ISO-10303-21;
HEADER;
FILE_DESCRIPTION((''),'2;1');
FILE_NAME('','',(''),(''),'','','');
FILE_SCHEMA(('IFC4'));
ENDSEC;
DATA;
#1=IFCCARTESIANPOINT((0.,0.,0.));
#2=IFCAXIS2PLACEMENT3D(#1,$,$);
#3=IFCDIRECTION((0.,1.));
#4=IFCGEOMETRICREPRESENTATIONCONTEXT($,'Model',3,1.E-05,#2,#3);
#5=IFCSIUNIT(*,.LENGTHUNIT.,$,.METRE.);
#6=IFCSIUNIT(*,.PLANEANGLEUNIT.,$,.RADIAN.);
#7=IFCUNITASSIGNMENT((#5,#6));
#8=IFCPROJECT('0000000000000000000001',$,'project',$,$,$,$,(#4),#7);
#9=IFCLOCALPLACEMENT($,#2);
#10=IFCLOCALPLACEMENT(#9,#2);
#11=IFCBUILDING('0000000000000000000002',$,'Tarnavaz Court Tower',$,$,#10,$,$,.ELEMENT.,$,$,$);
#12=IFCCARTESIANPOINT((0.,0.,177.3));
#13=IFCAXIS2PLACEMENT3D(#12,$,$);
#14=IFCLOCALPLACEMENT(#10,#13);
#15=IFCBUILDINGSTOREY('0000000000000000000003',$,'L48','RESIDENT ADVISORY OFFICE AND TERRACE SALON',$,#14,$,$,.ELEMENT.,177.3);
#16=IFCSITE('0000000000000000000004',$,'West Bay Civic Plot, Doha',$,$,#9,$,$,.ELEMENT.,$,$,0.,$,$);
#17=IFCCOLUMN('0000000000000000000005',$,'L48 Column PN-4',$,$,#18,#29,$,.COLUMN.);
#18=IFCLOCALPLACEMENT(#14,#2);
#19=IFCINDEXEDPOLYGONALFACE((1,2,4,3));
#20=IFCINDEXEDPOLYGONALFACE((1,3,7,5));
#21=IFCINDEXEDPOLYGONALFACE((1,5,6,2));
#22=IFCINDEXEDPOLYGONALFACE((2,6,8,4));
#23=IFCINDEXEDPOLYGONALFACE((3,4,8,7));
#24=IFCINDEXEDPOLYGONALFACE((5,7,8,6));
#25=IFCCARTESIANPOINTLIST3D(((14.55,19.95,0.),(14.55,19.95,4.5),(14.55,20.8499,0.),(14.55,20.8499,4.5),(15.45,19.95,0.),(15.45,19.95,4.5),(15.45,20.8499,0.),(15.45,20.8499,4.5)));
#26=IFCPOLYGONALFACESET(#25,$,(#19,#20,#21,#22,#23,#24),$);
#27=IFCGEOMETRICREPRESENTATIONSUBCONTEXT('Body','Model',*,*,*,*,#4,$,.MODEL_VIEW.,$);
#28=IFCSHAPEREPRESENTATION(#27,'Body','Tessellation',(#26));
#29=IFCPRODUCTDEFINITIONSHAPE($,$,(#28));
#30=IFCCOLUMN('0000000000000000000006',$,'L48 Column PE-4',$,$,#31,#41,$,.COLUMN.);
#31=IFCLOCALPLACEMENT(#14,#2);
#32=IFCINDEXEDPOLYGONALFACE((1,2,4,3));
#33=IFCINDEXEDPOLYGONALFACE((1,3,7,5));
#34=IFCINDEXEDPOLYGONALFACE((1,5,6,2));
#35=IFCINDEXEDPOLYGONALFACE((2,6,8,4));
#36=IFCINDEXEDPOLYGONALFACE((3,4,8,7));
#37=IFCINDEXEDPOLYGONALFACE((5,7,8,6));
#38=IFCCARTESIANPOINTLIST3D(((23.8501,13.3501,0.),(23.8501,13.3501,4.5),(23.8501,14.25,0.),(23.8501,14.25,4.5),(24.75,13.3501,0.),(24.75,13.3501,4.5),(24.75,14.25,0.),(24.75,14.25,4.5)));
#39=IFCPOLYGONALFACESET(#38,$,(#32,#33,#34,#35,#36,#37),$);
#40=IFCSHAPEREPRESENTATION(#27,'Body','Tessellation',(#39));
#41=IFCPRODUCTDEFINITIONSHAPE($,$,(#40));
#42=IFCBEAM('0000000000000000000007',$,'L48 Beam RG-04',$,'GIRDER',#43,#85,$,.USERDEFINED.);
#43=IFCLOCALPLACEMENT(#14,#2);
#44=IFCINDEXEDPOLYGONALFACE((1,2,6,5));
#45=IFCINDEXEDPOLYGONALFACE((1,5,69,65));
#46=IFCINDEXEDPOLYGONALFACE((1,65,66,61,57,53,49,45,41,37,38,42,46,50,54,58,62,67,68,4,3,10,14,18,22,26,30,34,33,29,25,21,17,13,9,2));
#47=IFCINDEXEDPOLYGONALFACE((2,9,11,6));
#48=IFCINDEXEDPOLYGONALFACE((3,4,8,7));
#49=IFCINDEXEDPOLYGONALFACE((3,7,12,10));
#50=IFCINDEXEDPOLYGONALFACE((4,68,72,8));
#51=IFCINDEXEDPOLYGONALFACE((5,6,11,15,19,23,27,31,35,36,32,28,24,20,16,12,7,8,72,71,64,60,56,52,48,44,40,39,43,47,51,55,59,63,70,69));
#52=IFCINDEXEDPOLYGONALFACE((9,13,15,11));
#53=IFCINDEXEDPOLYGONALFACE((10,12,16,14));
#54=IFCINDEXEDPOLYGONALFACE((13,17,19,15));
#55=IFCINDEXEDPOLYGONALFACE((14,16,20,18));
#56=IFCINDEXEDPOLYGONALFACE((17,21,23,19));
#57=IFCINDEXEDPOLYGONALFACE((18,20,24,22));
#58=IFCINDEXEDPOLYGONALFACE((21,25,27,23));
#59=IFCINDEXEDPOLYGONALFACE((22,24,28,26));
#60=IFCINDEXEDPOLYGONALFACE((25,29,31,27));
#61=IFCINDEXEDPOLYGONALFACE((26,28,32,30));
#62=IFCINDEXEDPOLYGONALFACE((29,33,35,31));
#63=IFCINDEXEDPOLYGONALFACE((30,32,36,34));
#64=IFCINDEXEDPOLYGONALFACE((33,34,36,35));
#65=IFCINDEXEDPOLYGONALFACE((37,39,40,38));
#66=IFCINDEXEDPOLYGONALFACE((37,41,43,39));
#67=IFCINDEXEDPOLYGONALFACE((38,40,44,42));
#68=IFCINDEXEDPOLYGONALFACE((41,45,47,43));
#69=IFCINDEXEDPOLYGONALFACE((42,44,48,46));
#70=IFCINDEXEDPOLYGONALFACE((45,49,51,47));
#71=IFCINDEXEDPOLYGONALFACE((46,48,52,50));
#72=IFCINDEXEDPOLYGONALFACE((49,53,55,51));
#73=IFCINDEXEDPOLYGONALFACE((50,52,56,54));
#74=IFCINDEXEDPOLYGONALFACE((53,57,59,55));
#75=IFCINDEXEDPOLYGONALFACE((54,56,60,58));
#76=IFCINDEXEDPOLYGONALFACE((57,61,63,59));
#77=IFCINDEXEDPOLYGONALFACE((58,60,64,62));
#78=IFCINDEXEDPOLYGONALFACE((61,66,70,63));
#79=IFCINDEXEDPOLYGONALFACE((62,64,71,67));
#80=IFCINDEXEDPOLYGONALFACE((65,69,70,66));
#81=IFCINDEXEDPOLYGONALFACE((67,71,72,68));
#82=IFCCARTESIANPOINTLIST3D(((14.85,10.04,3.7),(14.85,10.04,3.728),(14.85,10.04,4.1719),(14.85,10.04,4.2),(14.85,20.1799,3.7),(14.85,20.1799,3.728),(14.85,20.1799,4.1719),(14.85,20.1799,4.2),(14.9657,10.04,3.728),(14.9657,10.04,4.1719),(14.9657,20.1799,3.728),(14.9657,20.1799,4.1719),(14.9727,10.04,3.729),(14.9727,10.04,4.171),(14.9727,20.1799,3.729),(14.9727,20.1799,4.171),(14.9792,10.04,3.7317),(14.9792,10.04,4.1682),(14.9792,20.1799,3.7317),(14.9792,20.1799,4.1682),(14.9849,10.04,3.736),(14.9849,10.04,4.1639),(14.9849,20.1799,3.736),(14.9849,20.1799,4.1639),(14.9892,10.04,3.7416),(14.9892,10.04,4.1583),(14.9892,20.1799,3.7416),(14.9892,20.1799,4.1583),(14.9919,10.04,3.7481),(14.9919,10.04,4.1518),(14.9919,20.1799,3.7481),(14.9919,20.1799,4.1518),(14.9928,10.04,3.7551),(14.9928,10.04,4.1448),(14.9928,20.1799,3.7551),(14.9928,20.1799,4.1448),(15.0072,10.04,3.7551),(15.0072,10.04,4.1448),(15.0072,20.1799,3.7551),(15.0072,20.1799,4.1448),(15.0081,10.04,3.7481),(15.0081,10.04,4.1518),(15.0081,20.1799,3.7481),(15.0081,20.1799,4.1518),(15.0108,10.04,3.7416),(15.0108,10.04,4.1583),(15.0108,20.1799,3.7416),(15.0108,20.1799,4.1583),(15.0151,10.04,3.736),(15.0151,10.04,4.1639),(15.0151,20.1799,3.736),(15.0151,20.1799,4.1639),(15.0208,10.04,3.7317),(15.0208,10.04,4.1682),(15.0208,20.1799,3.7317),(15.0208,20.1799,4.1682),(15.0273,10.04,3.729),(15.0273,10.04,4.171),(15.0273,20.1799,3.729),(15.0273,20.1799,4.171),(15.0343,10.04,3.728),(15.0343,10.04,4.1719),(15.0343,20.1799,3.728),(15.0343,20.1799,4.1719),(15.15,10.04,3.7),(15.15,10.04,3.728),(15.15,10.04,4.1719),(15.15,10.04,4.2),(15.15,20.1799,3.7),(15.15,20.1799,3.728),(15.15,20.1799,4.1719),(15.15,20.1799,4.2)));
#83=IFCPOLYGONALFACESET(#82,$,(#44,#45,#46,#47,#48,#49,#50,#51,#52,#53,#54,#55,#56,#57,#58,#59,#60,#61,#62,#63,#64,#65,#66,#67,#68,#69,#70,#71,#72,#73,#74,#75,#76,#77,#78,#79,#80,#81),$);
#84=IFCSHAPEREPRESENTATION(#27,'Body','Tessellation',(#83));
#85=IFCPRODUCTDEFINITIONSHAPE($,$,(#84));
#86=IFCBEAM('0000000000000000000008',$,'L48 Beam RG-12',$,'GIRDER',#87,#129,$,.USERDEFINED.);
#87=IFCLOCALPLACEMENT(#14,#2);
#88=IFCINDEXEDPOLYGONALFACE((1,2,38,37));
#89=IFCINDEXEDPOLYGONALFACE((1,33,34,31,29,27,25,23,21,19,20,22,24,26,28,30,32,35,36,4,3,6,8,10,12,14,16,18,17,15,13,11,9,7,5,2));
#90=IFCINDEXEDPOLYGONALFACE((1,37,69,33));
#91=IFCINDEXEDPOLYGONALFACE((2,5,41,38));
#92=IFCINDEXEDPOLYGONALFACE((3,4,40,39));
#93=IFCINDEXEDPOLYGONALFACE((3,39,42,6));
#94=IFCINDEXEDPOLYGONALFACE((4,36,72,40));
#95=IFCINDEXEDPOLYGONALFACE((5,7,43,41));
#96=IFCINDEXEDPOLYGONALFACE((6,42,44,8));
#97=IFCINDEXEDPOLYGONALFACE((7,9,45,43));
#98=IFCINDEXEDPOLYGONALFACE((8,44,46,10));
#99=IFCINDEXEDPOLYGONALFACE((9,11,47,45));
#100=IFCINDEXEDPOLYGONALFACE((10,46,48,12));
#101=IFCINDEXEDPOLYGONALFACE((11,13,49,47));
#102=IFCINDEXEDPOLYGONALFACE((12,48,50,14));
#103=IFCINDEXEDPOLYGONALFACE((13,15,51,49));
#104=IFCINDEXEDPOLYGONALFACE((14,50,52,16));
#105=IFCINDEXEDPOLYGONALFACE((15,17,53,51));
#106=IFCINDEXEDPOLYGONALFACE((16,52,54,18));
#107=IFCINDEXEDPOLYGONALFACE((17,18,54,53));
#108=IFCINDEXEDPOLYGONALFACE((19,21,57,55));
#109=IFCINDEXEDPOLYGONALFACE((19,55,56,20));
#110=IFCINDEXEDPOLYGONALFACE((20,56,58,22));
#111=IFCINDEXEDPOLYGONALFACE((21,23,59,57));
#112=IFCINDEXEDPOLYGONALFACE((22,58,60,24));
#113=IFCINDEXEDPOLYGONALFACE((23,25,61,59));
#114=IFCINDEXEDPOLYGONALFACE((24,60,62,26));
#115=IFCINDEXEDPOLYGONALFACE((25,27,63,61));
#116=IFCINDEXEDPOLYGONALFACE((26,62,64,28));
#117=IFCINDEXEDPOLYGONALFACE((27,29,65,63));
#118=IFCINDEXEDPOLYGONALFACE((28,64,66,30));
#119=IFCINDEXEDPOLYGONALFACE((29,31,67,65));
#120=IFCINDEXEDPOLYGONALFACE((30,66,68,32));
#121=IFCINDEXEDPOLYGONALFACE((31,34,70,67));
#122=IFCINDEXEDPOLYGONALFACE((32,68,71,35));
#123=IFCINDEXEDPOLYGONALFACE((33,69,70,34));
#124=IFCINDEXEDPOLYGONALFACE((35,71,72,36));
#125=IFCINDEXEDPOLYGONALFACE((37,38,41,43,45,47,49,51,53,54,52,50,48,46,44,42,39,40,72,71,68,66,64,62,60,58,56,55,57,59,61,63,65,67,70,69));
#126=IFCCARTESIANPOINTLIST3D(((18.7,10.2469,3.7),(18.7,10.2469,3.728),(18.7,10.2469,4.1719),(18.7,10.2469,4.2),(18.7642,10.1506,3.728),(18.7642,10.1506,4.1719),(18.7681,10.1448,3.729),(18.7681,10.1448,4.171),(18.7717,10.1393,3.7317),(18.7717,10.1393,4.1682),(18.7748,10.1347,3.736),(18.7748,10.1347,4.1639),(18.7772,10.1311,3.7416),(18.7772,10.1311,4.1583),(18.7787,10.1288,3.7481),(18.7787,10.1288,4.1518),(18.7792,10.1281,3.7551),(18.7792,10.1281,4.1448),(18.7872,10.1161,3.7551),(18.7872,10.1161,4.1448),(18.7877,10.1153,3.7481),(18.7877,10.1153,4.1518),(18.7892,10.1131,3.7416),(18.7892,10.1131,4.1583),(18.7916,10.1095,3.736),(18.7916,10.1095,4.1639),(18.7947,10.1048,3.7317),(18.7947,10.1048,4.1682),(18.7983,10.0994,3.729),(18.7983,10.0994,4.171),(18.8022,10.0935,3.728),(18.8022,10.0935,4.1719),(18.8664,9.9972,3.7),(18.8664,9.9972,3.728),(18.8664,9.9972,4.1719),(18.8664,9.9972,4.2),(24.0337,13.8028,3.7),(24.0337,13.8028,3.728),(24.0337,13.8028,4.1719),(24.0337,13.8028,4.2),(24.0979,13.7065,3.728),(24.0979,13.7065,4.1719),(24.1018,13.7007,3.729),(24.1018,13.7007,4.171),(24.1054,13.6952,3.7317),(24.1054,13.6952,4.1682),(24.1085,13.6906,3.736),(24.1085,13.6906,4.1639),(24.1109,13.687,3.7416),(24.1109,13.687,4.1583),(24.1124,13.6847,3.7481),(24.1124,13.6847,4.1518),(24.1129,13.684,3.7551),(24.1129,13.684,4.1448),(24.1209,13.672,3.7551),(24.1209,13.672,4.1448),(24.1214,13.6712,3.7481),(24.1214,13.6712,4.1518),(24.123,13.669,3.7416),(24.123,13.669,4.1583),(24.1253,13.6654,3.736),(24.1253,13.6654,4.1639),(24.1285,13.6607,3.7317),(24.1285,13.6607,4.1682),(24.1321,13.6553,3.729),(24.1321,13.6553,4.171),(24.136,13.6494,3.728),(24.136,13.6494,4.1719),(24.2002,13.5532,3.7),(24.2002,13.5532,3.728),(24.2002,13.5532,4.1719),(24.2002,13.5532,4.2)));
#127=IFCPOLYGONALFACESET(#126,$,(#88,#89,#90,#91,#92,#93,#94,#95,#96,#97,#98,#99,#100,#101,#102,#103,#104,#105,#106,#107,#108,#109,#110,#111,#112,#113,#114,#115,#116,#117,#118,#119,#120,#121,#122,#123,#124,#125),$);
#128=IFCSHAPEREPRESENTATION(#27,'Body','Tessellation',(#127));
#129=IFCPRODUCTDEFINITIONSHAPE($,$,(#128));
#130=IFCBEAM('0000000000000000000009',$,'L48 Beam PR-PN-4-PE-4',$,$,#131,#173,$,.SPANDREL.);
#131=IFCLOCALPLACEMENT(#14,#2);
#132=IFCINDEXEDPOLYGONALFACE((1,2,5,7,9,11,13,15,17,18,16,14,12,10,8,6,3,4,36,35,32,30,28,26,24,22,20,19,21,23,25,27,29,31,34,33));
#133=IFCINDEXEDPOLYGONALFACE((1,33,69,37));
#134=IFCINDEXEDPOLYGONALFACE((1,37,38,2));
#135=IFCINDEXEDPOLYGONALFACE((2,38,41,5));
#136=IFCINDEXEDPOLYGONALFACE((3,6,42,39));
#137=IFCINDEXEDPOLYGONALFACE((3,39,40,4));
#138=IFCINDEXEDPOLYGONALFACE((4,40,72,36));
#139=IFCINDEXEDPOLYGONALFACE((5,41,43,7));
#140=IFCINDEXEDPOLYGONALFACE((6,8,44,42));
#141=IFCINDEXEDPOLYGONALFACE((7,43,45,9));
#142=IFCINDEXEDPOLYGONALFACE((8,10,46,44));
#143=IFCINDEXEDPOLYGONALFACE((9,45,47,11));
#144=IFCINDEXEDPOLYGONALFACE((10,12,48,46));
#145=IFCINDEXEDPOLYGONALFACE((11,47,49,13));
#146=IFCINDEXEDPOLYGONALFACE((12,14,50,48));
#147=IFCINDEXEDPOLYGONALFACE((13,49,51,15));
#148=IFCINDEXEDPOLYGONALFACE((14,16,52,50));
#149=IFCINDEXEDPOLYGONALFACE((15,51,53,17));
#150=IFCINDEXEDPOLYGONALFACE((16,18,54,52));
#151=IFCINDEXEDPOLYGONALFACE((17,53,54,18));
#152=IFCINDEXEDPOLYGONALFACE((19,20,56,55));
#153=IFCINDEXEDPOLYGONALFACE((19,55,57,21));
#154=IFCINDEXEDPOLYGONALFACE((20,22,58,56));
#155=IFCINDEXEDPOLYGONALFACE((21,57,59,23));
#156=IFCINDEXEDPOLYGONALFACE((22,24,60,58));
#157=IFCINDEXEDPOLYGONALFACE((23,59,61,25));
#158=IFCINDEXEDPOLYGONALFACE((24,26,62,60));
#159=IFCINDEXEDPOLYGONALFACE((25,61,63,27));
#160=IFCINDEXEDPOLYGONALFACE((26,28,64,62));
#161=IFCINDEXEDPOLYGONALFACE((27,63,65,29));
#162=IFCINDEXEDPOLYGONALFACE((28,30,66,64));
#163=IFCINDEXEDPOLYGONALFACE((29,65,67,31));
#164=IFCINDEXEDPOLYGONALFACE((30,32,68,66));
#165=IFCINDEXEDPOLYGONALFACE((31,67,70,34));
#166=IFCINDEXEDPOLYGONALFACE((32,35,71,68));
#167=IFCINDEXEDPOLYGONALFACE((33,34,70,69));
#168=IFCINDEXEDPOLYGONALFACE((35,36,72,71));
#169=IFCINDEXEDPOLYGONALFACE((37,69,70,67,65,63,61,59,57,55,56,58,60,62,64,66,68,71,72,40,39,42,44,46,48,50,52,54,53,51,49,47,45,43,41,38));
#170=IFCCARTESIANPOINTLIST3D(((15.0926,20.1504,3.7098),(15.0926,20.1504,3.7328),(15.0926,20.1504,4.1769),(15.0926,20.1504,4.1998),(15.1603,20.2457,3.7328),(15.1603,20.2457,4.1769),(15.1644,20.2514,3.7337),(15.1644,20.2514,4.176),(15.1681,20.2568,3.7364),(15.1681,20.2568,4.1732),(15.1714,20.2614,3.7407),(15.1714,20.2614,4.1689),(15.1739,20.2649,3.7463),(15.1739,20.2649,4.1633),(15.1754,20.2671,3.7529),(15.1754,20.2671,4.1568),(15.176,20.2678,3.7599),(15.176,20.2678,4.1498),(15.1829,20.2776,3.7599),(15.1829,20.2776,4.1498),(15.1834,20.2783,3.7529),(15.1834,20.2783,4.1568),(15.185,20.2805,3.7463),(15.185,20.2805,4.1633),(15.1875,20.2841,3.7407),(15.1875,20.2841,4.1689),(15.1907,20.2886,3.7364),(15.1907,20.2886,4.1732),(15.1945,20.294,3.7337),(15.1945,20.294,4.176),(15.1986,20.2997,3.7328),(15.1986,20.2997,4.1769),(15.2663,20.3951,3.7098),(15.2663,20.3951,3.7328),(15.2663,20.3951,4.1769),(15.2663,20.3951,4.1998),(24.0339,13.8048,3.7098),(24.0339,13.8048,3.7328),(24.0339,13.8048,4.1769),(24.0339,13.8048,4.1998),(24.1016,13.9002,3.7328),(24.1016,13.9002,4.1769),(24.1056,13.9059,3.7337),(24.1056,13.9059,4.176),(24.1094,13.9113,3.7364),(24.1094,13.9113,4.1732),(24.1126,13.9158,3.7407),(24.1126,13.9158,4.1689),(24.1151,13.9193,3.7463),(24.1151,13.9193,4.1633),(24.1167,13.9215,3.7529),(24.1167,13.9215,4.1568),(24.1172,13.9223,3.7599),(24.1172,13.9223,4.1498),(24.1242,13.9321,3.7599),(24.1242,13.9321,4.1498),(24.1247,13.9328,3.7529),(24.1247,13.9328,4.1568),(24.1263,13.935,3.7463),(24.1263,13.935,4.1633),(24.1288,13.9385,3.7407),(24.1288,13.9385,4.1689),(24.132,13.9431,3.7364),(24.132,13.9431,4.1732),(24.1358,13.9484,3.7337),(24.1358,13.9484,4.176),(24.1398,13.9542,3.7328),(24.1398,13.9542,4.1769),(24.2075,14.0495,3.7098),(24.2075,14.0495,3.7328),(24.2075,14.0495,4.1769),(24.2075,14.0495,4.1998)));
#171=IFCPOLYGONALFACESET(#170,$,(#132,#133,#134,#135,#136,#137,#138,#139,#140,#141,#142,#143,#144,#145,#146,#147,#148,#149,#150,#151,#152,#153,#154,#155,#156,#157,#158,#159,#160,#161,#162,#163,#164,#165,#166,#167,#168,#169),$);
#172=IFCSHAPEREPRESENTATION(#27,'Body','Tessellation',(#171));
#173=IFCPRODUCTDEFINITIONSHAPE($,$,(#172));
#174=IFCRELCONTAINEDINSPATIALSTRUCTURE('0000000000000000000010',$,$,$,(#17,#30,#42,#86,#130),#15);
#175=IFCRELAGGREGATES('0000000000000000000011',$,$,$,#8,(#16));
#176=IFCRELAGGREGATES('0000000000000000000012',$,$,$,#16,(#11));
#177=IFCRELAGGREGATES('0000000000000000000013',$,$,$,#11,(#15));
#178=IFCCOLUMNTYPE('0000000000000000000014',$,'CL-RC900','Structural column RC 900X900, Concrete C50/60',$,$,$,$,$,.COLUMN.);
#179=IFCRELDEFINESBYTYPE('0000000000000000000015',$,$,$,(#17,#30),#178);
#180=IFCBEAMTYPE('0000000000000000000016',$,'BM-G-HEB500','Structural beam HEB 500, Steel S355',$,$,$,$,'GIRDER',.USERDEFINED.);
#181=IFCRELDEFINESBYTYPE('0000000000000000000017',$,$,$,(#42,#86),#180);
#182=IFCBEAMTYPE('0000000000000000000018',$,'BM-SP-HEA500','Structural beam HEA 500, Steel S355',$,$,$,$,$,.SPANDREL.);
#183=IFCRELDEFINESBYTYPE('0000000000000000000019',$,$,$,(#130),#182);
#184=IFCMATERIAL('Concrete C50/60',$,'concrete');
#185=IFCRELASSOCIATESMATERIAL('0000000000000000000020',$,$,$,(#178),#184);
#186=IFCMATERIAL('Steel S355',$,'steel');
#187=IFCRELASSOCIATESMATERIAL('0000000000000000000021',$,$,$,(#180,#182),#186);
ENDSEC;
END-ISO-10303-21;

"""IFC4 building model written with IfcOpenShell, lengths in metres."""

from ifc_helpers import new_model, si_unit, direction, frame, origin, origin_2d, place, context, subcontext, project, spatial, rectangle, i_section, extrude, material, material_profile, profile_set, type_object, element, save


model = new_model("IFC4")

# Units and contexts
model_context = context("Model", 3, precision=1e-05, world=origin(), true_north=direction((0.0, 1.0)))
body_context = subcontext(model_context, "Body", "Model", "MODEL_VIEW")
ifc_project = project(units=[si_unit("LENGTHUNIT", "METRE"), si_unit("PLANEANGLEUNIT", "RADIAN")], contexts=[model_context])

# Site, building, storey
site_placement = place(None, origin())
site = spatial("IfcSite", under=ifc_project, at=site_placement, Name="West Bay Civic Plot, Doha", CompositionType="ELEMENT", RefElevation=0.0)
building_placement = place(site_placement, origin())
building = spatial("IfcBuilding", under=site, at=building_placement, Name="Tarnavaz Court Tower", CompositionType="ELEMENT")
storey_placement = place(building_placement, frame((0.0, 0.0, 177.3)))
storey = spatial("IfcBuildingStorey", under=building, at=storey_placement, Name="L48", Description="RESIDENT ADVISORY OFFICE AND TERRACE SALON", CompositionType="ELEMENT", Elevation=177.3)

# Columns
ifc_material_1 = material(Name="Concrete C50/60", Category="concrete")
ifc_material_profile_1 = material_profile(ifc_material_1, rectangle(XDim=0.8999, YDim=0.8999, at=origin_2d()), Name="RC 900X900")
ifc_profile_set_1 = profile_set([ifc_material_profile_1], Name="Concrete C50/60")
column_type = type_object("IfcColumnType", Name="CL-RC900", Description="Structural column RC 900X900, Concrete C50/60", PredefinedType="COLUMN", material=ifc_profile_set_1)
for number, where, z_axis, x_axis, name in (
    (1, (15.0, 20.3999, 0.0), (0.0, 0.0, 1.0), (1.0, 0.0, 0.0), "L48 Column PN-4"),
    (2, (24.3, 13.8, 0.0), (0.0, 0.0, 1.0), (1.0, 0.0, 0.0), "L48 Column PE-4"),
):
    element("IfcColumn", number, at=place(storey_placement, frame(where, z_axis=z_axis, x_axis=x_axis)), inside=storey, type_object=column_type, Name=name, PredefinedType="COLUMN", context=body_context, shape_type="SweptSolid", body=[
        extrude(rectangle(XDim=0.8999, YDim=0.8999, at=origin_2d()), origin(), (0.0, 0.0, 1.0), 4.5),
    ])

# Beams
ifc_material_2 = material(Name="Steel S355", Category="steel")
ifc_material_profile_2 = material_profile(ifc_material_2, i_section(OverallWidth=0.3, OverallDepth=0.5, WebThickness=0.0144, FlangeThickness=0.0281, FilletRadius=0.0271, at=origin_2d()), Name="HEB 500")
ifc_profile_set_2 = profile_set([ifc_material_profile_2], Name="Steel S355")
beam_type_1 = type_object("IfcBeamType", Name="BM-G-HEB500", Description="Structural beam HEB 500, Steel S355", ElementType="GIRDER", PredefinedType="USERDEFINED", material=ifc_profile_set_2)
beam_1_placement = place(storey_placement, frame((15.0, 10.04, 3.95), z_axis=(0.0, 1.0, 0.0), x_axis=(-1.0, 0.0, 0.0)))
element("IfcBeam", 3, at=beam_1_placement, inside=storey, type_object=beam_type_1, Name="L48 Beam RG-04", ObjectType="GIRDER", PredefinedType="USERDEFINED", context=body_context, shape_type="SweptSolid", body=[
    extrude(i_section(OverallWidth=0.3, OverallDepth=0.5, WebThickness=0.0144, FlangeThickness=0.0281, FilletRadius=0.0271, at=origin_2d()), origin(), (0.0, 0.0, 1.0), 10.1399),
])
beam_2_placement = place(storey_placement, frame((18.7832, 10.1221, 3.95), z_axis=(0.832044, 0.554709, 0.0), x_axis=(-0.554709, 0.832044, 0.0)))
element("IfcBeam", 4, at=beam_2_placement, inside=storey, type_object=beam_type_1, Name="L48 Beam RG-12", ObjectType="GIRDER", PredefinedType="USERDEFINED", context=body_context, shape_type="SweptSolid", body=[
    extrude(i_section(OverallWidth=0.3, OverallDepth=0.5, WebThickness=0.0144, FlangeThickness=0.0281, FilletRadius=0.0271, at=origin_2d()), origin(), (0.0, 0.0, 1.0), 6.4104),
])
ifc_material_profile_3 = material_profile(ifc_material_2, i_section(OverallWidth=0.3, OverallDepth=0.49, WebThickness=0.012, FlangeThickness=0.0229, FilletRadius=0.0271, at=origin_2d()), Name="HEA 500")
ifc_profile_set_3 = profile_set([ifc_material_profile_3], Name="Steel S355")
beam_type_2 = type_object("IfcBeamType", Name="BM-SP-HEA500", Description="Structural beam HEA 500, Steel S355", PredefinedType="SPANDREL", material=ifc_profile_set_3)
beam_3_placement = place(storey_placement, frame((15.1794, 20.2727, 3.9548), z_axis=(0.815502, -0.578754, 0.0), x_axis=(0.578754, 0.815502, 0.0)))
element("IfcBeam", 5, at=beam_3_placement, inside=storey, type_object=beam_type_2, Name="L48 Beam PR-PN-4-PE-4", PredefinedType="SPANDREL", context=body_context, shape_type="SweptSolid", body=[
    extrude(i_section(OverallWidth=0.3, OverallDepth=0.49, WebThickness=0.012, FlangeThickness=0.0229, FilletRadius=0.0271, at=origin_2d()), origin(), (0.0, 0.0, 1.0), 10.9641),
])

save(model, "model.ifc")
